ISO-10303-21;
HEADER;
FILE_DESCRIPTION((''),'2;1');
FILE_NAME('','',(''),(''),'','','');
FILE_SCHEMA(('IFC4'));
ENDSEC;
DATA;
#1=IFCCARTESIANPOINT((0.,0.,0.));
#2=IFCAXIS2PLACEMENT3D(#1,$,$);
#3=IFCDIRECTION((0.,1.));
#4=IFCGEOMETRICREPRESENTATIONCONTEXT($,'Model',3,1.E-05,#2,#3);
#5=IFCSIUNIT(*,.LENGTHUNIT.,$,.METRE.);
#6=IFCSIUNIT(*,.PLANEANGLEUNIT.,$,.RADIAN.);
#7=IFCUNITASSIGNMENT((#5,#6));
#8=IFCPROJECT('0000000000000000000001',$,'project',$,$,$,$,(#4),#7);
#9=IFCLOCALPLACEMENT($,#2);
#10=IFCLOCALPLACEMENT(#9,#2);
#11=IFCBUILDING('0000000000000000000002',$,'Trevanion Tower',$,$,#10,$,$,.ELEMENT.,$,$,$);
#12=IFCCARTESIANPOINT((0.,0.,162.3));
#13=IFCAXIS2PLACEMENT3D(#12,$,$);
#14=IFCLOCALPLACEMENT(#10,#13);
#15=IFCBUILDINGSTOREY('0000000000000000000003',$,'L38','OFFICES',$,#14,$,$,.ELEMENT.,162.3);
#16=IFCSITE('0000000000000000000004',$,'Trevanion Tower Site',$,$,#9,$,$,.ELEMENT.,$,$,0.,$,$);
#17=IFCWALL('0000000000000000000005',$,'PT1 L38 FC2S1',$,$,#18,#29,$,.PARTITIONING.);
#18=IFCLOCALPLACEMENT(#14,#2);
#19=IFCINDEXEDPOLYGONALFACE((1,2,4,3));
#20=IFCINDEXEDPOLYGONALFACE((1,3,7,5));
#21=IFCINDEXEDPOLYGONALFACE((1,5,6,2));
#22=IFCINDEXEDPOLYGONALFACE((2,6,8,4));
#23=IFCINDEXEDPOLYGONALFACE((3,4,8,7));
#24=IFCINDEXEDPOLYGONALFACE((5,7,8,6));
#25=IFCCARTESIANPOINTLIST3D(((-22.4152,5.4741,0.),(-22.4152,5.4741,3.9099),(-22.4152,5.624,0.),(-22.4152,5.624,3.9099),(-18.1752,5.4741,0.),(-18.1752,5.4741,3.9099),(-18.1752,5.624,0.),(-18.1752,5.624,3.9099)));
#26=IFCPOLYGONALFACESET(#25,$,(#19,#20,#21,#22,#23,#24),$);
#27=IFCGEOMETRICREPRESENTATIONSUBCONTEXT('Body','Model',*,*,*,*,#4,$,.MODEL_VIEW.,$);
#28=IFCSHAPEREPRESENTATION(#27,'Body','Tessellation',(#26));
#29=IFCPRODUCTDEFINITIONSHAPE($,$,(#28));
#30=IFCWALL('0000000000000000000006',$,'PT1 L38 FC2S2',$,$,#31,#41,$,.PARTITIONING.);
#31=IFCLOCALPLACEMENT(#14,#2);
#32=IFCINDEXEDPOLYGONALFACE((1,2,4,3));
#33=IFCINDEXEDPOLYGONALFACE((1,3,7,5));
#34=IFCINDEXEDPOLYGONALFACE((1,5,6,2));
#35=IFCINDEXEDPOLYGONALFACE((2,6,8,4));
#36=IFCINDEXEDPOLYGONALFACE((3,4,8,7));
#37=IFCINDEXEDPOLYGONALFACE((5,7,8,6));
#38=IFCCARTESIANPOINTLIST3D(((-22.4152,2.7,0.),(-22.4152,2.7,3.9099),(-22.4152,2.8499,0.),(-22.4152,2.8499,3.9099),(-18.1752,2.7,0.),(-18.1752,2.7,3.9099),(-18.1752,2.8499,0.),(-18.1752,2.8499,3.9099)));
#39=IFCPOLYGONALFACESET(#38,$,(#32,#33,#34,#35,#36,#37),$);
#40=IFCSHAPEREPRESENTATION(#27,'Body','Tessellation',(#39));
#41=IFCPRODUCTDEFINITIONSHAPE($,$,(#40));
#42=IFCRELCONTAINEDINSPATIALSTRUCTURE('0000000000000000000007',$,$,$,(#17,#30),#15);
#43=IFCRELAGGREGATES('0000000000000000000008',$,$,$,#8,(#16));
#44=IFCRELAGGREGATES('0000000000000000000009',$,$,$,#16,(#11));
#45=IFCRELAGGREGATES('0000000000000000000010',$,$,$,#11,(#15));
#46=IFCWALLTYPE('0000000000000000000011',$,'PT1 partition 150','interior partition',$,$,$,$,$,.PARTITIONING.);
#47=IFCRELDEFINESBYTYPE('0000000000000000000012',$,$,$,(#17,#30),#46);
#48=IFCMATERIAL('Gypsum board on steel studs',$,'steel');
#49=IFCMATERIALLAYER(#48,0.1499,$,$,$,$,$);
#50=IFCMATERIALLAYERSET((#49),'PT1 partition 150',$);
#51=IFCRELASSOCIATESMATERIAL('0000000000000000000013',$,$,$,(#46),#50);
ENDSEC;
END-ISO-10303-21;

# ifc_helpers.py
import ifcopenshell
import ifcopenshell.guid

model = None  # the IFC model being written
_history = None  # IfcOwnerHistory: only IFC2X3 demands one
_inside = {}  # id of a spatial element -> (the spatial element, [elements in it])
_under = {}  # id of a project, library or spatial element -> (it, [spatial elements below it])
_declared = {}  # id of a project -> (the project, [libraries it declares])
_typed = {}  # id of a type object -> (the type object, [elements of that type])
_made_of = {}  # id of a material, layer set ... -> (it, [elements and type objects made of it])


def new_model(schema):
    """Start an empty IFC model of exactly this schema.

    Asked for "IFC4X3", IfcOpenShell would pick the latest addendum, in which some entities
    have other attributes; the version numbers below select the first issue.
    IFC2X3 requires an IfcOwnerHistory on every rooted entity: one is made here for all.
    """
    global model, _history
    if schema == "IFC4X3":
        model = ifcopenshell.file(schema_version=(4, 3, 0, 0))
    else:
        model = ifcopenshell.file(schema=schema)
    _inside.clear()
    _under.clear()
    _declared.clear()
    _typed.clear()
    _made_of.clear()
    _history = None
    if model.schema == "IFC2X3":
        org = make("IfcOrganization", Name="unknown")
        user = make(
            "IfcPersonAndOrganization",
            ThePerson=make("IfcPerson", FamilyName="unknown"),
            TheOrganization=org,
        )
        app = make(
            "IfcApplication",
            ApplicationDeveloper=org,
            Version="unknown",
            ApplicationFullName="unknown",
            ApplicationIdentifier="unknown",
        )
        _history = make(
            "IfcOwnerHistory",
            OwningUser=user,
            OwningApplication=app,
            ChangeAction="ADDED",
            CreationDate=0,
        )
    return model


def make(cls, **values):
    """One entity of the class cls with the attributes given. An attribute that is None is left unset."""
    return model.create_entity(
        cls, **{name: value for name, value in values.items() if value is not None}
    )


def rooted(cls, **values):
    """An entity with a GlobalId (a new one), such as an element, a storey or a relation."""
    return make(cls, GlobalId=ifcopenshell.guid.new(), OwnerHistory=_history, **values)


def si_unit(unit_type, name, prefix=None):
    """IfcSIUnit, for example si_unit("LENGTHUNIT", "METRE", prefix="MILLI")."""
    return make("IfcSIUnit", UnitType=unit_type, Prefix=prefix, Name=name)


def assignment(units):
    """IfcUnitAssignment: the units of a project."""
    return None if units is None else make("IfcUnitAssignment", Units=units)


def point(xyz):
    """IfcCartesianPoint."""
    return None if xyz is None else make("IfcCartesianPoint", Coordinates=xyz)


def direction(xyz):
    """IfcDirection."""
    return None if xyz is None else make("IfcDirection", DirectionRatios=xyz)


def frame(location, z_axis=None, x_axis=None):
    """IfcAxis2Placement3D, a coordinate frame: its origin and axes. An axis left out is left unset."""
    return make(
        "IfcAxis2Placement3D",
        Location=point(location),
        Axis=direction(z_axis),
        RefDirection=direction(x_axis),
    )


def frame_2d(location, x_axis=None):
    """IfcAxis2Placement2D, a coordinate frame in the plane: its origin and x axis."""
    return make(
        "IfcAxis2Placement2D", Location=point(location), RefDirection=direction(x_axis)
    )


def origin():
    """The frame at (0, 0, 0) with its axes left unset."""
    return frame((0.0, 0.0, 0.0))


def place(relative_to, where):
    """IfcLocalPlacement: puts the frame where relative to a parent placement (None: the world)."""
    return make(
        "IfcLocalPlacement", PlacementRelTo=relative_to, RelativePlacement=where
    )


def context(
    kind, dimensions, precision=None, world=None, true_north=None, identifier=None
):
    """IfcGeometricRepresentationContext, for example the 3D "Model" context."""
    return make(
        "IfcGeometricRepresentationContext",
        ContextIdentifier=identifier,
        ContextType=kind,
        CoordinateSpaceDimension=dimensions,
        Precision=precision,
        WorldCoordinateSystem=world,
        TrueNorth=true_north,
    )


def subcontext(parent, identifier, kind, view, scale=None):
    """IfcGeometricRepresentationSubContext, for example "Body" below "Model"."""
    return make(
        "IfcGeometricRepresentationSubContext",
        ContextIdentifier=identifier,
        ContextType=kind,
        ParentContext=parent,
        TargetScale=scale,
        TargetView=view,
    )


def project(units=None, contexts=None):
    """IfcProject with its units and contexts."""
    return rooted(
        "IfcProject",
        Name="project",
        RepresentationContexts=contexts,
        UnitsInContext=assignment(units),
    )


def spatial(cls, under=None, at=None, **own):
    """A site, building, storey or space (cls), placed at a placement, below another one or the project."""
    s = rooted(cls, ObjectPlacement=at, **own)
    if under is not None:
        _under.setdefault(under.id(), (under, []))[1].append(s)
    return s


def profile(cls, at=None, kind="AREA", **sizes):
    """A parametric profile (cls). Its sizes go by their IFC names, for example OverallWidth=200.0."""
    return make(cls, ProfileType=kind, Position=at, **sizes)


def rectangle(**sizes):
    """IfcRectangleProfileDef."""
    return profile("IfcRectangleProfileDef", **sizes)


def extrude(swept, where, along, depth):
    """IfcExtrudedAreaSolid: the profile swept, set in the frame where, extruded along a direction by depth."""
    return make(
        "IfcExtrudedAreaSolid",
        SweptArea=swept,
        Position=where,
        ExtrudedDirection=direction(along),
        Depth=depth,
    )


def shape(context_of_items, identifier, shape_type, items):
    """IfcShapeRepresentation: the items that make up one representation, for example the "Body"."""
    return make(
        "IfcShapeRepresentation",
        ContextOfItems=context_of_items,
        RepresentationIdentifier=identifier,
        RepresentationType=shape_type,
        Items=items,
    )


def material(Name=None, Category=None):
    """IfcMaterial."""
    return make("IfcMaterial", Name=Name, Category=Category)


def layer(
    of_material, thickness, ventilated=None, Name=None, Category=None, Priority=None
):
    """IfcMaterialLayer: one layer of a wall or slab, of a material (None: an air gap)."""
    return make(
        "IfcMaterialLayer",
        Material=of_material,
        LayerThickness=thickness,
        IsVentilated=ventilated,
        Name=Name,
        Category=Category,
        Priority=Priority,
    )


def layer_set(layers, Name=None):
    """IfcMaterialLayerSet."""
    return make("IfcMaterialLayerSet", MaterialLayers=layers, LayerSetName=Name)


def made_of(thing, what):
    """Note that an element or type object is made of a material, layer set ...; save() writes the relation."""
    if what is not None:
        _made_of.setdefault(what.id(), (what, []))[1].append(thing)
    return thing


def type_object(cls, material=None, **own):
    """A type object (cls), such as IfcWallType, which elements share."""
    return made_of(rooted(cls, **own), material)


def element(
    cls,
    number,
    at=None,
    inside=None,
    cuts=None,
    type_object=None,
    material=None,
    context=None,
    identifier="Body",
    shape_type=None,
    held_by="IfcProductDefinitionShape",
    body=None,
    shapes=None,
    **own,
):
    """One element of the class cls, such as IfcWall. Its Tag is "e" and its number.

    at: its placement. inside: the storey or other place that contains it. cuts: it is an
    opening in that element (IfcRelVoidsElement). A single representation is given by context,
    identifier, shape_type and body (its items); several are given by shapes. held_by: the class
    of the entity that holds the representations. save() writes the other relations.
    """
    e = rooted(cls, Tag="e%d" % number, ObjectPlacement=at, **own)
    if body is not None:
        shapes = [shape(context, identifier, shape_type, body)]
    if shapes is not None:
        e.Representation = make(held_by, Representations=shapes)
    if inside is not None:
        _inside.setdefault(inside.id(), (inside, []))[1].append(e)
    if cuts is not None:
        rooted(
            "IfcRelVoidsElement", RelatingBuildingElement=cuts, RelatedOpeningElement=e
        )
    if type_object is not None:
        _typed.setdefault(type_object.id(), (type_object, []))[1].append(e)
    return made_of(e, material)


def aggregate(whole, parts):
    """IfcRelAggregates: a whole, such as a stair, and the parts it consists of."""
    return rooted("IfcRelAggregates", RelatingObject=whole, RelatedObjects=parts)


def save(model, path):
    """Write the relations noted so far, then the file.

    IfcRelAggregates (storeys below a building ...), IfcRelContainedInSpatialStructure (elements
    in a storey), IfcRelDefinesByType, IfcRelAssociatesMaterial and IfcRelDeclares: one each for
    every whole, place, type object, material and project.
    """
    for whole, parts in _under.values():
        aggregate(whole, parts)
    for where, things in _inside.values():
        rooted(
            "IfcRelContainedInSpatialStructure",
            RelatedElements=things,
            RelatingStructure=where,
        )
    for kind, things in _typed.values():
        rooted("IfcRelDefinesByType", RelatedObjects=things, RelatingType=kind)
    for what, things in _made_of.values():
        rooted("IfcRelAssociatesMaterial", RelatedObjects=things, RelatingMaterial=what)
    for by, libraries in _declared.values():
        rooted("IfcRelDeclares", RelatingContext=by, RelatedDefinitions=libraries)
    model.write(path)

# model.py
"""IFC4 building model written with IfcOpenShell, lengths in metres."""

from ifc_helpers import new_model, si_unit, direction, frame, frame_2d, origin, place, context, subcontext, project, spatial, rectangle, extrude, material, layer, layer_set, type_object, element, save


model = new_model("IFC4")

# Units and contexts
model_context = context("Model", 3, precision=1e-05, world=origin(), true_north=direction((0.0, 1.0)))
body_context = subcontext(model_context, "Body", "Model", "MODEL_VIEW")
ifc_project = project(units=[si_unit("LENGTHUNIT", "METRE"), si_unit("PLANEANGLEUNIT", "RADIAN")], contexts=[model_context])

# Site, building, storey
site_placement = place(None, origin())
site = spatial("IfcSite", under=ifc_project, at=site_placement, Name="Trevanion Tower Site", CompositionType="ELEMENT", RefElevation=0.0)
building_placement = place(site_placement, origin())
building = spatial("IfcBuilding", under=site, at=building_placement, Name="Trevanion Tower", CompositionType="ELEMENT")
storey_placement = place(building_placement, frame((0.0, 0.0, 162.3)))
storey = spatial("IfcBuildingStorey", under=building, at=storey_placement, Name="L38", Description="OFFICES", CompositionType="ELEMENT", Elevation=162.3)

# Shared definitions
ifc_material_1 = material(Name="Gypsum board on steel studs", Category="steel")
ifc_layer_1 = layer(ifc_material_1, 0.1499)
ifc_layer_set_1 = layer_set([ifc_layer_1], Name="PT1 partition 150")
wall_type_1 = type_object("IfcWallType", Name="PT1 partition 150", Description="interior partition", PredefinedType="PARTITIONING", material=ifc_layer_set_1)

# Walls
for number, where, z_axis, x_axis, name in (
    (1, (-18.175, 5.5491, 0.0), (0.0, 0.0, 1.0), (-1.0, 0.0, 0.0), "PT1 L38 FC2S1"),
    (2, (-18.175, 2.7749, 0.0), (0.0, 0.0, 1.0), (-1.0, 0.0, 0.0), "PT1 L38 FC2S2"),
):
    element("IfcWall", number, at=place(storey_placement, frame(where, z_axis=z_axis, x_axis=x_axis)), inside=storey, type_object=wall_type_1, Name=name, PredefinedType="PARTITIONING", context=body_context, shape_type="SweptSolid", body=[
        extrude(rectangle(XDim=4.24, YDim=0.1499, at=frame_2d((2.1201, 0.0))), origin(), (0.0, 0.0, 1.0), 3.9099),
    ])

save(model, "model.ifc")
